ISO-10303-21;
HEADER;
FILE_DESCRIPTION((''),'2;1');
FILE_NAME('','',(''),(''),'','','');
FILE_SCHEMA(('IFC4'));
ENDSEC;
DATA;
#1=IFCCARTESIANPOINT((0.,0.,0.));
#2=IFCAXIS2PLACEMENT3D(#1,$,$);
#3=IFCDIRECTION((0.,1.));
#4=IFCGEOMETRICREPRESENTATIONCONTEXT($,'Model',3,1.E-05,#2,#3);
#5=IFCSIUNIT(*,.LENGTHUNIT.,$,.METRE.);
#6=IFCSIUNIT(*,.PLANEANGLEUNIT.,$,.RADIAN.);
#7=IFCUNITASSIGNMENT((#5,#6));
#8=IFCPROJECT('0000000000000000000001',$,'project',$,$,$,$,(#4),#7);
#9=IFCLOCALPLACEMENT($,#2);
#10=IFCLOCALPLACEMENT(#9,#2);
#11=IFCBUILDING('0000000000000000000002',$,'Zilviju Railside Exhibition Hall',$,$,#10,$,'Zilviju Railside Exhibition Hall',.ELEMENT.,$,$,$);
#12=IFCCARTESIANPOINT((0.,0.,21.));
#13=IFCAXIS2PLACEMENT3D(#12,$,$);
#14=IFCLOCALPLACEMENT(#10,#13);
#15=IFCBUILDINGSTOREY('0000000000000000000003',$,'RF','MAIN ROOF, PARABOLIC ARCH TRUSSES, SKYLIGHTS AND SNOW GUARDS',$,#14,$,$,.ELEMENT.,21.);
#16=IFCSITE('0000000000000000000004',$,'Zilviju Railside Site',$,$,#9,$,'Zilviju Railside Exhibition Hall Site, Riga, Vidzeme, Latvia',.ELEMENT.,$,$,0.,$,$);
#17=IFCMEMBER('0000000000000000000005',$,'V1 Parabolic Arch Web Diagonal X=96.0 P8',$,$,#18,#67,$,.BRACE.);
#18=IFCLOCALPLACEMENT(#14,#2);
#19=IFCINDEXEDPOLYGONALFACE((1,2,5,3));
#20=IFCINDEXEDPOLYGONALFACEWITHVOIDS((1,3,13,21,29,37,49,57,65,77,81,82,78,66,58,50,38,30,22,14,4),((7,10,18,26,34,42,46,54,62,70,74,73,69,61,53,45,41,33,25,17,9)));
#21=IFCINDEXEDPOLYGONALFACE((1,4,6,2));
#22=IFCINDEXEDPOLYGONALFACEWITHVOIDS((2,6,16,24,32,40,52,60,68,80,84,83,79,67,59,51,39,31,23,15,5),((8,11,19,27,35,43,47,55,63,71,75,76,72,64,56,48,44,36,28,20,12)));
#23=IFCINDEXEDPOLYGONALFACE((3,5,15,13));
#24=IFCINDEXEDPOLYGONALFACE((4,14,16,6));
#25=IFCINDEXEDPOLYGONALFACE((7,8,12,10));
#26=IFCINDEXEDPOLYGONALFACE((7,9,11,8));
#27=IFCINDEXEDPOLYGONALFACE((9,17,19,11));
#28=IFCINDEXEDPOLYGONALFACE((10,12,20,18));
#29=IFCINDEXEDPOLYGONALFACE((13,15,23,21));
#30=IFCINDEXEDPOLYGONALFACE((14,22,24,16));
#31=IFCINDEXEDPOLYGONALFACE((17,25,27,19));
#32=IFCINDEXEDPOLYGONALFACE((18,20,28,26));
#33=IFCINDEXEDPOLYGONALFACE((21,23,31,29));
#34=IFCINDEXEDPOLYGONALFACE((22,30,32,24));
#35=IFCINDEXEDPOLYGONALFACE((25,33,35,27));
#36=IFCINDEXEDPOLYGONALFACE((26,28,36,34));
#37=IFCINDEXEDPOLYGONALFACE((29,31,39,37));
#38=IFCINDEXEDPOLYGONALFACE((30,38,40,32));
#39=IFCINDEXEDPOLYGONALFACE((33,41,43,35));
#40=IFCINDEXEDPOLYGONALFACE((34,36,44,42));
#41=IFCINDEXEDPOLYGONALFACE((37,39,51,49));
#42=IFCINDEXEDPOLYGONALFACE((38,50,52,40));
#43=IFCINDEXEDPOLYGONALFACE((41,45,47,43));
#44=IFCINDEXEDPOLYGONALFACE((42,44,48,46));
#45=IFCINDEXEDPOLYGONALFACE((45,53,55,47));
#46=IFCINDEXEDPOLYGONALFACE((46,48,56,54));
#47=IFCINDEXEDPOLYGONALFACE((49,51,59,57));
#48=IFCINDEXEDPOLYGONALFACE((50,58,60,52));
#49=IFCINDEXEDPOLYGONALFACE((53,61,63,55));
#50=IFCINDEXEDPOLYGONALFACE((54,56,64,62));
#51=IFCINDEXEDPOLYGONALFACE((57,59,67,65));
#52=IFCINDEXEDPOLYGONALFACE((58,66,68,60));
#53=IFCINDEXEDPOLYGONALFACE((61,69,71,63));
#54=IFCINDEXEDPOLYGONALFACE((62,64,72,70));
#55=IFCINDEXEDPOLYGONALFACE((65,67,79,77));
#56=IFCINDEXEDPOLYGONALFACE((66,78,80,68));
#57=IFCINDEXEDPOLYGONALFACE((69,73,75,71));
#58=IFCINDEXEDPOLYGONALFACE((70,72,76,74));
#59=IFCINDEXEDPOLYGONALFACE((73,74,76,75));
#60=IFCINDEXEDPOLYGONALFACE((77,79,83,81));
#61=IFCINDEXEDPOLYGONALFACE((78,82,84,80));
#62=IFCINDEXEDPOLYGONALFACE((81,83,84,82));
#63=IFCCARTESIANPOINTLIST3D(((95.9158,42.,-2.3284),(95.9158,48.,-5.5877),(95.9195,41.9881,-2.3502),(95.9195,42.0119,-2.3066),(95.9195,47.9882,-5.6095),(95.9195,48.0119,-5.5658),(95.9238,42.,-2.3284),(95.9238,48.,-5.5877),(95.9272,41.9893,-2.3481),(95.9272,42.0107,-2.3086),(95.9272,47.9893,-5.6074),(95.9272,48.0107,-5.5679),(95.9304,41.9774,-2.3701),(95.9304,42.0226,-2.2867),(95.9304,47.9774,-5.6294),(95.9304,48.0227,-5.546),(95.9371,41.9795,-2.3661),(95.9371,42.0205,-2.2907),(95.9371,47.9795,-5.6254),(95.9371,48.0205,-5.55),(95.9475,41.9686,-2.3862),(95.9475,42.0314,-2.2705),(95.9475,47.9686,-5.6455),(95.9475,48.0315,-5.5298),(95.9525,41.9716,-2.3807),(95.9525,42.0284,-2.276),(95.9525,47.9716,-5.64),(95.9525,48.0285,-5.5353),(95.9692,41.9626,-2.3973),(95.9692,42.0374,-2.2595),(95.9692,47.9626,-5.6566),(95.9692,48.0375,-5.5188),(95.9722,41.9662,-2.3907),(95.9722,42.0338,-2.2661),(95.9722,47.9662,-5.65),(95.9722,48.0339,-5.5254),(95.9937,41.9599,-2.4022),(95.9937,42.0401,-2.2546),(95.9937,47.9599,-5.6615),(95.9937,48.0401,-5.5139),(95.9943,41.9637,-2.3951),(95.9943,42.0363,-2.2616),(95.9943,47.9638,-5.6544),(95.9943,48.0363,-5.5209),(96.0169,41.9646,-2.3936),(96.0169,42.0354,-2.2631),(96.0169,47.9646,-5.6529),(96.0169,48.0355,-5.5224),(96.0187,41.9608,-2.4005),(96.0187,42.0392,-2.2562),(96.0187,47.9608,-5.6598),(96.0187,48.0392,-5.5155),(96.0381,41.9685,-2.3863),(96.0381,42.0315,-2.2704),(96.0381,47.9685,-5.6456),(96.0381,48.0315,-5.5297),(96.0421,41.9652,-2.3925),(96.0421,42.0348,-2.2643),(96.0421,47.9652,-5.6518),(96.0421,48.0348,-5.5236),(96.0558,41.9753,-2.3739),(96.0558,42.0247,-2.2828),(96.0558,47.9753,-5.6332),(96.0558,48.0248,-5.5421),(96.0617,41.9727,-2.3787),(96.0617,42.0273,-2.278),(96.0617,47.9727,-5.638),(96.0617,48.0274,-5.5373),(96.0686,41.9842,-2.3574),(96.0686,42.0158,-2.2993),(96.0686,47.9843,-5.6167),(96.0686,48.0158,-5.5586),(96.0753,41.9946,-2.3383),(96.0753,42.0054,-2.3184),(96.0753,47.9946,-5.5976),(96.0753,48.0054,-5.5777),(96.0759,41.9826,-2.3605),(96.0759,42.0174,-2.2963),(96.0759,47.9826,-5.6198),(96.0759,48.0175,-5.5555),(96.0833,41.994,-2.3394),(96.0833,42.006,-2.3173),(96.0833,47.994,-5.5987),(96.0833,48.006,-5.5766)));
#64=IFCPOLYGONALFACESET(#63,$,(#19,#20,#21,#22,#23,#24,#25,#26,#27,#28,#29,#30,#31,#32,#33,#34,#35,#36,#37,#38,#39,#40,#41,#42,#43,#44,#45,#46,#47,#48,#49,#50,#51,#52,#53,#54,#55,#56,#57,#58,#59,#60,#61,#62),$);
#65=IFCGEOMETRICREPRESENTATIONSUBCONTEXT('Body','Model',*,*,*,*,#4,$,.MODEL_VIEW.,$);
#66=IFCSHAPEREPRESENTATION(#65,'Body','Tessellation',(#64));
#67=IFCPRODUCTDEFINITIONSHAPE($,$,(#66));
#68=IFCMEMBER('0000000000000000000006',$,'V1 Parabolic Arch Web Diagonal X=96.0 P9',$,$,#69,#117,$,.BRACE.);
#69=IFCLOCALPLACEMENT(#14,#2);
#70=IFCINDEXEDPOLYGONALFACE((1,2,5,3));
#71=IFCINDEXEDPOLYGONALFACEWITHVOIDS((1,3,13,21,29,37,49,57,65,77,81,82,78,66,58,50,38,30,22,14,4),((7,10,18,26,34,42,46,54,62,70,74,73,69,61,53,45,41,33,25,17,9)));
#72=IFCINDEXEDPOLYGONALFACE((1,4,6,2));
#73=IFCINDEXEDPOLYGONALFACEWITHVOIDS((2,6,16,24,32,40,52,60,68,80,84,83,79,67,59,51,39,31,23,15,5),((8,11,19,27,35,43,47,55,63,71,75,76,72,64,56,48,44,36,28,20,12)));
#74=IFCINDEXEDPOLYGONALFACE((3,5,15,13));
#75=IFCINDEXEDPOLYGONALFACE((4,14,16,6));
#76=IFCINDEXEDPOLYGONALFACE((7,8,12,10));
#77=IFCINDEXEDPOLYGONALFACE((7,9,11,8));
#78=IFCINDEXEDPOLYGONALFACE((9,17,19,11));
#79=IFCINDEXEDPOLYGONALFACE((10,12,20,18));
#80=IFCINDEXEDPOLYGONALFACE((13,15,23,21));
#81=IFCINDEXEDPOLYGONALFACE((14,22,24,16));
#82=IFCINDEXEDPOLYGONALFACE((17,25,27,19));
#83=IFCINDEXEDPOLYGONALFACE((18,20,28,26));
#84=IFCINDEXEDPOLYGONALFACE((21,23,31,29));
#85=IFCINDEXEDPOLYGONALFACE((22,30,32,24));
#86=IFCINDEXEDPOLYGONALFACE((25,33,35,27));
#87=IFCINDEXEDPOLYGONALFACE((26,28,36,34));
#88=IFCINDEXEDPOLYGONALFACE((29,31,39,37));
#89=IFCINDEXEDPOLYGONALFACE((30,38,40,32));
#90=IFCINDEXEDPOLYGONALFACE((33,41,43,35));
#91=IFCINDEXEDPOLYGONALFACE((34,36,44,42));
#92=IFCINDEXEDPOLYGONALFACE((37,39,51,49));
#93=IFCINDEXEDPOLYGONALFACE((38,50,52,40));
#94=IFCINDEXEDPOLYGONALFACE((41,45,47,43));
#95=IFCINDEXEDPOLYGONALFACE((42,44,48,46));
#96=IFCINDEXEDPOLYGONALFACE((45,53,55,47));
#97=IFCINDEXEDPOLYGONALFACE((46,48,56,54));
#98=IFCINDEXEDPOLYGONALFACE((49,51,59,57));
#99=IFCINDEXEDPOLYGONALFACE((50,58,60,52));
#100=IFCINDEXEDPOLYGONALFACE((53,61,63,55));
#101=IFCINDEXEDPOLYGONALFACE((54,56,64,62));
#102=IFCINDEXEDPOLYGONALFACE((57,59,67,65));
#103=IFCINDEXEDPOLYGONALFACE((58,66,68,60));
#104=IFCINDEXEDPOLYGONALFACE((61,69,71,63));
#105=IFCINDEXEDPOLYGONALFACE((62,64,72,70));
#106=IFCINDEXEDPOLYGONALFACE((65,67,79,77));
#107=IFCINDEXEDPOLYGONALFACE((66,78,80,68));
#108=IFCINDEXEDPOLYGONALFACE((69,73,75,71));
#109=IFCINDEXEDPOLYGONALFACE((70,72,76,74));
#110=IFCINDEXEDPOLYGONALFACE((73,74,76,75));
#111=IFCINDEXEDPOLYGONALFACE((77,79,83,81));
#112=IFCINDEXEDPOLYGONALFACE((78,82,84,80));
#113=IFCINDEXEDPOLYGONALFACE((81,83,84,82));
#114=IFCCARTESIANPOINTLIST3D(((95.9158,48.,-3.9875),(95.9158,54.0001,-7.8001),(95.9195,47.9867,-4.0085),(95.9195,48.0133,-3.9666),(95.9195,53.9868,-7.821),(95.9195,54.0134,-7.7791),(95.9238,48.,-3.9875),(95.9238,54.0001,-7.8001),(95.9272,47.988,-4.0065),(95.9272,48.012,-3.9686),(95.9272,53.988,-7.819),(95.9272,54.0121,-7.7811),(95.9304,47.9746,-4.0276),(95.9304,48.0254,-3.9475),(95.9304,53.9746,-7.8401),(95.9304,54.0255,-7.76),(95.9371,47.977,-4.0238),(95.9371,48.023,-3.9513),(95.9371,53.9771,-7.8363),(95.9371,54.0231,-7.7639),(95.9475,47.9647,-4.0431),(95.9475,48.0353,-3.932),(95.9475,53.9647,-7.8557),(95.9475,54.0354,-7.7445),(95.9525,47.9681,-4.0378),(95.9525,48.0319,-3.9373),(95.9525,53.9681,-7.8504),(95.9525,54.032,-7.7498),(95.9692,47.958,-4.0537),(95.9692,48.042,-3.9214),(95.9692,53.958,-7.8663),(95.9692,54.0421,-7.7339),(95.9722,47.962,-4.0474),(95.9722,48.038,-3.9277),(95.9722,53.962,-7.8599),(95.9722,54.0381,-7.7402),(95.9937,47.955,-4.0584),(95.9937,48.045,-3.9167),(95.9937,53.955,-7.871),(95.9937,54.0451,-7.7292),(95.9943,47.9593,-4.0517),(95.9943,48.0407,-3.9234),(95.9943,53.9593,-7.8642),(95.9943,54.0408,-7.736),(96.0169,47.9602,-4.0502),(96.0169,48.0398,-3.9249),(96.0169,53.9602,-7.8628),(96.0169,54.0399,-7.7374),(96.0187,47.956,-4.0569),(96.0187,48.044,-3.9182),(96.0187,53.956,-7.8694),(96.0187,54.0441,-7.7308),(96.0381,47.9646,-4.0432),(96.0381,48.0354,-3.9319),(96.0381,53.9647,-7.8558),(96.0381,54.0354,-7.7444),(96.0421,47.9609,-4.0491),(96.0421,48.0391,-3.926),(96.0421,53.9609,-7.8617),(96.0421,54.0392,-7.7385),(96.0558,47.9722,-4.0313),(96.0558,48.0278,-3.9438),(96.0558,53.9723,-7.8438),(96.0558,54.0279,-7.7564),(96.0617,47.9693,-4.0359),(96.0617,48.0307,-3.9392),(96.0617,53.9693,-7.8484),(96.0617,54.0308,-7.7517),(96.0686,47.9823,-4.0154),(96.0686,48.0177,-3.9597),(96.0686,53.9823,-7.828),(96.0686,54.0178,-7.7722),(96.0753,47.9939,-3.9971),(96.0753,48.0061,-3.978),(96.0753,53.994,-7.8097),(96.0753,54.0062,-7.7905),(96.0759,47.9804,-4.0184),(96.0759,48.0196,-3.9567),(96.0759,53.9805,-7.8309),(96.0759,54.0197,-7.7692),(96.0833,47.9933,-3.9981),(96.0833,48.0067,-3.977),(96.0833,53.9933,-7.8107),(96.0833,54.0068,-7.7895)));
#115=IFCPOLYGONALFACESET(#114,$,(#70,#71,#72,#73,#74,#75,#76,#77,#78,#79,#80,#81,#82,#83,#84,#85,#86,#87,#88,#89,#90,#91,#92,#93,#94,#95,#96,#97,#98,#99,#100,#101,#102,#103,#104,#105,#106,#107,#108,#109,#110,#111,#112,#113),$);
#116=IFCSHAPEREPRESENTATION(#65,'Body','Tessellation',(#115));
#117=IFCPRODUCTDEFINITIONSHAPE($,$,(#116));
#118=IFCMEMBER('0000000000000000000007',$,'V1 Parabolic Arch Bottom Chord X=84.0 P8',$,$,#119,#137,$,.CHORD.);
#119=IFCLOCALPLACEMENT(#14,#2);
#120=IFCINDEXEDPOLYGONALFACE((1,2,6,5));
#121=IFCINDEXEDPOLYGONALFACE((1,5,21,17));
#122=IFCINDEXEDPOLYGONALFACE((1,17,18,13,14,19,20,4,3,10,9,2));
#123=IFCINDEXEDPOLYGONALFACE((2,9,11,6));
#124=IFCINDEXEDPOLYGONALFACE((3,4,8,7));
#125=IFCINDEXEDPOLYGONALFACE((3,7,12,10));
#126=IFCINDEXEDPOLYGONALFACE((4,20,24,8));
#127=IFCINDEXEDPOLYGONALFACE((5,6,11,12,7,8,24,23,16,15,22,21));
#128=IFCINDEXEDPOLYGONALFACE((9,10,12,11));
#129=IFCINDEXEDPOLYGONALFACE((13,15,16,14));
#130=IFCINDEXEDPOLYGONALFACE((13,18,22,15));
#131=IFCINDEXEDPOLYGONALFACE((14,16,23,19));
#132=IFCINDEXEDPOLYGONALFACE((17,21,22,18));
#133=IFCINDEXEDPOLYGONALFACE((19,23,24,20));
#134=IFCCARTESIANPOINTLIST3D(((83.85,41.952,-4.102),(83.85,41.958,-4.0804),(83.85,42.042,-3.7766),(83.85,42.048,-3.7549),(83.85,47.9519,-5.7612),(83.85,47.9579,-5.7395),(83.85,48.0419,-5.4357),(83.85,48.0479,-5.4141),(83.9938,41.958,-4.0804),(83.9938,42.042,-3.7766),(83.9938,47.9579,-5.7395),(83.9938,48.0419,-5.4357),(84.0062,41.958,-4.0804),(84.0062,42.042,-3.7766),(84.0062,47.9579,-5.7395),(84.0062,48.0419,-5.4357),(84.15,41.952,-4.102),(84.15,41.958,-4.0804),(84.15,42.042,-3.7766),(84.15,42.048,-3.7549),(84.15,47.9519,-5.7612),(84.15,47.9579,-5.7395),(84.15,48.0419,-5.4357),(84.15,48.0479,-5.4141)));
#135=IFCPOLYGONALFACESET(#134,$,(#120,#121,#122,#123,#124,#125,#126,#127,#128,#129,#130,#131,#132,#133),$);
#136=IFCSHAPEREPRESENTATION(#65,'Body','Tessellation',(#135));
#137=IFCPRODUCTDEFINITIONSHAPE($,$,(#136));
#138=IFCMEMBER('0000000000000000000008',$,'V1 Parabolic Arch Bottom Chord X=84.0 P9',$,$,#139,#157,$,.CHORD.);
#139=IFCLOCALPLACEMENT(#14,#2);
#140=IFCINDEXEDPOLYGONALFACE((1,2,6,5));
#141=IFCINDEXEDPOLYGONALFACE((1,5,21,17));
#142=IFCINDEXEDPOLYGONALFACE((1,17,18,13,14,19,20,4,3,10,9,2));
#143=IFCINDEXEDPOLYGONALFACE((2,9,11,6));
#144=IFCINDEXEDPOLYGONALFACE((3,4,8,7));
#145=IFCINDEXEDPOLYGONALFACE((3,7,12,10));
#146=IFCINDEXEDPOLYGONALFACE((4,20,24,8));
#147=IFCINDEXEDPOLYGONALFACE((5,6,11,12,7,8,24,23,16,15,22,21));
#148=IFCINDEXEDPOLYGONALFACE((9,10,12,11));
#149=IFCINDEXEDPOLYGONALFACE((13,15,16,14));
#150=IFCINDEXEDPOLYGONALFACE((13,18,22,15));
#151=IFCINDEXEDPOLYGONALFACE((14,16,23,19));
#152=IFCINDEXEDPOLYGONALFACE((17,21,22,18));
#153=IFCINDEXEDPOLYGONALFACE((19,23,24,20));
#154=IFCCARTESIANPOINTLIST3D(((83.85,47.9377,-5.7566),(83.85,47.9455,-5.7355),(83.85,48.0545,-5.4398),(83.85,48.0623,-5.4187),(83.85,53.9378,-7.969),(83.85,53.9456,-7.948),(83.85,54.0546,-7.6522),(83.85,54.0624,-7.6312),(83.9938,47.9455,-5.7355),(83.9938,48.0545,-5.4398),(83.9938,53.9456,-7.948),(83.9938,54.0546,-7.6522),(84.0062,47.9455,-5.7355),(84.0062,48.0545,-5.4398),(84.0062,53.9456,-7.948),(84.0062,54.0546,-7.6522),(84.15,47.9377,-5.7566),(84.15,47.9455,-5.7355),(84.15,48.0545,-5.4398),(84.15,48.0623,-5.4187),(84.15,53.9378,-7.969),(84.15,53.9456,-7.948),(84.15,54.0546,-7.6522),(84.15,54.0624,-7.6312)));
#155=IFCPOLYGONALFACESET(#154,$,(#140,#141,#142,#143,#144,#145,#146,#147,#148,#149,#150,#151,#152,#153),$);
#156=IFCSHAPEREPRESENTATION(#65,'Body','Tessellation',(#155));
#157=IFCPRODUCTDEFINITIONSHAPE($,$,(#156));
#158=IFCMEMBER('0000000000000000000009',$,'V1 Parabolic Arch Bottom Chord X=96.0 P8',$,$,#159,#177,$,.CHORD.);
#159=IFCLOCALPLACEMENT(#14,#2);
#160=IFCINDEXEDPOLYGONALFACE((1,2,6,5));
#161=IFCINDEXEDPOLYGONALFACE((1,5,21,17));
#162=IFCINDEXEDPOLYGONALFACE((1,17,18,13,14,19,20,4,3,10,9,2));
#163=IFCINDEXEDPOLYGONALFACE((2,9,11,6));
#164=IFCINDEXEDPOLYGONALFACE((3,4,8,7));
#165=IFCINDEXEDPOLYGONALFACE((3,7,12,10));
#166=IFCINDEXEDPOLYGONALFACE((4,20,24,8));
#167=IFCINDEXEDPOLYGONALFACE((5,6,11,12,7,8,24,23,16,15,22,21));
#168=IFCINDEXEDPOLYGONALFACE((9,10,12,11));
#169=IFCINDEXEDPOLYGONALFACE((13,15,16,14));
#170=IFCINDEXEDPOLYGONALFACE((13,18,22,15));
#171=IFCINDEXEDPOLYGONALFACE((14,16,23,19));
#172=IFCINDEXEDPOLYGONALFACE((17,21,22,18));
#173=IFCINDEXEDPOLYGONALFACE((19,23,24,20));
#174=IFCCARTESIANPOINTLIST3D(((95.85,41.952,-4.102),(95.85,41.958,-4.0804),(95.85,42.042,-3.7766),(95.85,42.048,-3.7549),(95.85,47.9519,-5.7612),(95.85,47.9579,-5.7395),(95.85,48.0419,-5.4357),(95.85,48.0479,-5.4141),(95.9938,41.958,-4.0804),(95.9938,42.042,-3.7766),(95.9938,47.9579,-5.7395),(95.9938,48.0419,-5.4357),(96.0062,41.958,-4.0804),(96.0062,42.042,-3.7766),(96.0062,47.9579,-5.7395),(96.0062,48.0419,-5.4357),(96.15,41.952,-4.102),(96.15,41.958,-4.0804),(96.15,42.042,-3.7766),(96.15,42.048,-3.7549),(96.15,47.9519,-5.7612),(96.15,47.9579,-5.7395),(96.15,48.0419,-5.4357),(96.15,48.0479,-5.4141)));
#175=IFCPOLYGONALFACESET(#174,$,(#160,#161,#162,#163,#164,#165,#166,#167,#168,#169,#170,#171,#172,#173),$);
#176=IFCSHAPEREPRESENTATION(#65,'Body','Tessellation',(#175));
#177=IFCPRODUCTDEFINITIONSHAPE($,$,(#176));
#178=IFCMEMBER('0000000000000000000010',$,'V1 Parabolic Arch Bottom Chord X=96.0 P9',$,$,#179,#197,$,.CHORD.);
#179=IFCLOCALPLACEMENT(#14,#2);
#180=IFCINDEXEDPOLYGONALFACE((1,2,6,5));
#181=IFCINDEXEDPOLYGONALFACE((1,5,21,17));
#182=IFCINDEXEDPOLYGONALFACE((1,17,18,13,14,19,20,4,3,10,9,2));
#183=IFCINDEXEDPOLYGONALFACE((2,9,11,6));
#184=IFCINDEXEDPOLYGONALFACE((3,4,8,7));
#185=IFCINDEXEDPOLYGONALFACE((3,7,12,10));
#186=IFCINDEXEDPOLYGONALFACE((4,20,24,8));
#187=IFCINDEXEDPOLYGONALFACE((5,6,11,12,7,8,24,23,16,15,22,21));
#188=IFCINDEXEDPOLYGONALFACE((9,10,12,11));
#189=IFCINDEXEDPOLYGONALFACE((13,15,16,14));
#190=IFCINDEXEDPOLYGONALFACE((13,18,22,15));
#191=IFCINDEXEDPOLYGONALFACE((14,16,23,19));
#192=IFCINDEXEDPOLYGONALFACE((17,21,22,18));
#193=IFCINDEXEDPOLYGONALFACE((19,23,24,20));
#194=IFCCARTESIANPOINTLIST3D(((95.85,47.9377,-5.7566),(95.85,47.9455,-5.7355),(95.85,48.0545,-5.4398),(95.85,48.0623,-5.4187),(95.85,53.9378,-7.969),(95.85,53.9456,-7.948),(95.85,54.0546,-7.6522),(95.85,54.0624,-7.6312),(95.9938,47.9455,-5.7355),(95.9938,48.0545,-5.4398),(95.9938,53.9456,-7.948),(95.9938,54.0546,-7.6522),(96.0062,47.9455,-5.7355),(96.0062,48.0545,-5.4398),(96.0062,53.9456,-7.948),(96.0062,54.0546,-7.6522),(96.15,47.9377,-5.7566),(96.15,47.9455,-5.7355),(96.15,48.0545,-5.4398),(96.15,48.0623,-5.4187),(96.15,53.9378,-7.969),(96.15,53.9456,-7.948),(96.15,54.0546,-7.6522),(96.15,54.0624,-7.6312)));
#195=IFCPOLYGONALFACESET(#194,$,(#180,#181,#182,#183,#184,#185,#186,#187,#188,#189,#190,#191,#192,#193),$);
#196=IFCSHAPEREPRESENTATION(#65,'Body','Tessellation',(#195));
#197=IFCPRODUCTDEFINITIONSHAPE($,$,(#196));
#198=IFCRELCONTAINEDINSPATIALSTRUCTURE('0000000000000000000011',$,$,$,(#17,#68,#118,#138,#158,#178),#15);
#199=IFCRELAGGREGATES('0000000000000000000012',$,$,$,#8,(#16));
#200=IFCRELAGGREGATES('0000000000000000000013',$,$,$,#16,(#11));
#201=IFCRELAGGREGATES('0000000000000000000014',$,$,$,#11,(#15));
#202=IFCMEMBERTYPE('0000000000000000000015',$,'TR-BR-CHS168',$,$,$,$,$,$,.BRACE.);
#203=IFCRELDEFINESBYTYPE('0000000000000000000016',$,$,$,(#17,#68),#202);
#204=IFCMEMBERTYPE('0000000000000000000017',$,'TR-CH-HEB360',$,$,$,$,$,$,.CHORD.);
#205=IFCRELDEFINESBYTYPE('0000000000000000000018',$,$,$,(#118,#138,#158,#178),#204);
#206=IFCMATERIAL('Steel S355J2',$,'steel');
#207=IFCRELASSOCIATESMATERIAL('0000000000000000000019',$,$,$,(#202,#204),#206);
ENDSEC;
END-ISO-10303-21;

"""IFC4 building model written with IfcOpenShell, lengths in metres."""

from ifc_helpers import new_model, si_unit, direction, frame, origin, origin_2d, place, context, subcontext, project, spatial, hollow_circle, i_section, extrude, material, material_profile, profile_set, type_object, element, save


model = new_model("IFC4")

# Units and contexts
model_context = context("Model", 3, precision=1e-05, world=origin(), true_north=direction((0.0, 1.0)))
body_context = subcontext(model_context, "Body", "Model", "MODEL_VIEW")
ifc_project = project(units=[si_unit("LENGTHUNIT", "METRE"), si_unit("PLANEANGLEUNIT", "RADIAN")], contexts=[model_context])

# Site, building, storey
site_placement = place(None, origin())
site = spatial("IfcSite", under=ifc_project, at=site_placement, Name="Zilviju Railside Site", LongName="Zilviju Railside Exhibition Hall Site, Riga, Vidzeme, Latvia", CompositionType="ELEMENT", RefElevation=0.0)
building_placement = place(site_placement, origin())
building = spatial("IfcBuilding", under=site, at=building_placement, Name="Zilviju Railside Exhibition Hall", LongName="Zilviju Railside Exhibition Hall", CompositionType="ELEMENT")
storey_placement = place(building_placement, frame((0.0, 0.0, 21.0)))
storey = spatial("IfcBuildingStorey", under=building, at=storey_placement, Name="RF", Description="MAIN ROOF, PARABOLIC ARCH TRUSSES, SKYLIGHTS AND SNOW GUARDS", CompositionType="ELEMENT", Elevation=21.0)

# Members
ifc_material_1 = material(Name="Steel S355J2", Category="steel")
ifc_material_profile_1 = material_profile(ifc_material_1, hollow_circle(Radius=0.0842, WallThickness=0.0081, at=origin_2d()), Name="CHS 168.3x8.0")
ifc_profile_set_1 = profile_set([ifc_material_profile_1], Name="Steel S355J2")
member_type_1 = type_object("IfcMemberType", Name="TR-BR-CHS168", PredefinedType="BRACE", material=ifc_profile_set_1)
member_1_placement = place(storey_placement, frame((96.0, 42.0, -2.3284), z_axis=(0.0, 0.878722, -0.477333), x_axis=(-1.0, 0.0, 0.0)))
element("IfcMember", 1, at=member_1_placement, inside=storey, type_object=member_type_1, Name="V1 Parabolic Arch Web Diagonal X=96.0 P8", PredefinedType="BRACE", context=body_context, shape_type="SweptSolid", body=[
    extrude(hollow_circle(Radius=0.0842, WallThickness=0.0081, at=origin_2d()), origin(), (0.0, 0.0, 1.0), 6.8281),
])
member_2_placement = place(storey_placement, frame((96.0, 48.0, -3.9875), z_axis=(0.0, 0.844023, -0.536306), x_axis=(-1.0, 0.0, 0.0)))
element("IfcMember", 2, at=member_2_placement, inside=storey, type_object=member_type_1, Name="V1 Parabolic Arch Web Diagonal X=96.0 P9", PredefinedType="BRACE", context=body_context, shape_type="SweptSolid", body=[
    extrude(hollow_circle(Radius=0.0842, WallThickness=0.0081, at=origin_2d()), origin(), (0.0, 0.0, 1.0), 7.1089),
])
ifc_material_profile_2 = material_profile(ifc_material_1, i_section(OverallWidth=0.3, OverallDepth=0.3601, WebThickness=0.0125, FlangeThickness=0.0225, at=origin_2d()), Name="HEB 360")
ifc_profile_set_2 = profile_set([ifc_material_profile_2], Name="Steel S355J2")
member_type_2 = type_object("IfcMemberType", Name="TR-CH-HEB360", PredefinedType="CHORD", material=ifc_profile_set_2)
member_3_placement = place(storey_placement, frame((84.0, 42.0, -3.9285), z_axis=(0.0, 0.963827, -0.266527), x_axis=(-1.0, 0.0, 0.0)))
element("IfcMember", 3, at=member_3_placement, inside=storey, type_object=member_type_2, Name="V1 Parabolic Arch Bottom Chord X=84.0 P8", PredefinedType="CHORD", context=body_context, shape_type="SweptSolid", body=[
    extrude(i_section(OverallWidth=0.3, OverallDepth=0.3601, WebThickness=0.0125, FlangeThickness=0.0225, at=origin_2d()), origin(), (0.0, 0.0, 1.0), 6.2251),
])
member_4_placement = place(storey_placement, frame((84.0, 48.0, -5.5876), z_axis=(0.0, 0.938248, -0.345964), x_axis=(-1.0, 0.0, 0.0)))
element("IfcMember", 4, at=member_4_placement, inside=storey, type_object=member_type_2, Name="V1 Parabolic Arch Bottom Chord X=84.0 P9", PredefinedType="CHORD", context=body_context, shape_type="SweptSolid", body=[
    extrude(i_section(OverallWidth=0.3, OverallDepth=0.3601, WebThickness=0.0125, FlangeThickness=0.0225, at=origin_2d()), origin(), (0.0, 0.0, 1.0), 6.395),
])
member_5_placement = place(storey_placement, frame((96.0, 42.0, -3.9285), z_axis=(0.0, 0.963827, -0.266527), x_axis=(-1.0, 0.0, 0.0)))
element("IfcMember", 5, at=member_5_placement, inside=storey, type_object=member_type_2, Name="V1 Parabolic Arch Bottom Chord X=96.0 P8", PredefinedType="CHORD", context=body_context, shape_type="SweptSolid", body=[
    extrude(i_section(OverallWidth=0.3, OverallDepth=0.3601, WebThickness=0.0125, FlangeThickness=0.0225, at=origin_2d()), origin(), (0.0, 0.0, 1.0), 6.2251),
])
member_6_placement = place(storey_placement, frame((96.0, 48.0, -5.5876), z_axis=(0.0, 0.938248, -0.345964), x_axis=(-1.0, 0.0, 0.0)))
element("IfcMember", 6, at=member_6_placement, inside=storey, type_object=member_type_2, Name="V1 Parabolic Arch Bottom Chord X=96.0 P9", PredefinedType="CHORD", context=body_context, shape_type="SweptSolid", body=[
    extrude(i_section(OverallWidth=0.3, OverallDepth=0.3601, WebThickness=0.0125, FlangeThickness=0.0225, at=origin_2d()), origin(), (0.0, 0.0, 1.0), 6.395),
])

save(model, "model.ifc")
